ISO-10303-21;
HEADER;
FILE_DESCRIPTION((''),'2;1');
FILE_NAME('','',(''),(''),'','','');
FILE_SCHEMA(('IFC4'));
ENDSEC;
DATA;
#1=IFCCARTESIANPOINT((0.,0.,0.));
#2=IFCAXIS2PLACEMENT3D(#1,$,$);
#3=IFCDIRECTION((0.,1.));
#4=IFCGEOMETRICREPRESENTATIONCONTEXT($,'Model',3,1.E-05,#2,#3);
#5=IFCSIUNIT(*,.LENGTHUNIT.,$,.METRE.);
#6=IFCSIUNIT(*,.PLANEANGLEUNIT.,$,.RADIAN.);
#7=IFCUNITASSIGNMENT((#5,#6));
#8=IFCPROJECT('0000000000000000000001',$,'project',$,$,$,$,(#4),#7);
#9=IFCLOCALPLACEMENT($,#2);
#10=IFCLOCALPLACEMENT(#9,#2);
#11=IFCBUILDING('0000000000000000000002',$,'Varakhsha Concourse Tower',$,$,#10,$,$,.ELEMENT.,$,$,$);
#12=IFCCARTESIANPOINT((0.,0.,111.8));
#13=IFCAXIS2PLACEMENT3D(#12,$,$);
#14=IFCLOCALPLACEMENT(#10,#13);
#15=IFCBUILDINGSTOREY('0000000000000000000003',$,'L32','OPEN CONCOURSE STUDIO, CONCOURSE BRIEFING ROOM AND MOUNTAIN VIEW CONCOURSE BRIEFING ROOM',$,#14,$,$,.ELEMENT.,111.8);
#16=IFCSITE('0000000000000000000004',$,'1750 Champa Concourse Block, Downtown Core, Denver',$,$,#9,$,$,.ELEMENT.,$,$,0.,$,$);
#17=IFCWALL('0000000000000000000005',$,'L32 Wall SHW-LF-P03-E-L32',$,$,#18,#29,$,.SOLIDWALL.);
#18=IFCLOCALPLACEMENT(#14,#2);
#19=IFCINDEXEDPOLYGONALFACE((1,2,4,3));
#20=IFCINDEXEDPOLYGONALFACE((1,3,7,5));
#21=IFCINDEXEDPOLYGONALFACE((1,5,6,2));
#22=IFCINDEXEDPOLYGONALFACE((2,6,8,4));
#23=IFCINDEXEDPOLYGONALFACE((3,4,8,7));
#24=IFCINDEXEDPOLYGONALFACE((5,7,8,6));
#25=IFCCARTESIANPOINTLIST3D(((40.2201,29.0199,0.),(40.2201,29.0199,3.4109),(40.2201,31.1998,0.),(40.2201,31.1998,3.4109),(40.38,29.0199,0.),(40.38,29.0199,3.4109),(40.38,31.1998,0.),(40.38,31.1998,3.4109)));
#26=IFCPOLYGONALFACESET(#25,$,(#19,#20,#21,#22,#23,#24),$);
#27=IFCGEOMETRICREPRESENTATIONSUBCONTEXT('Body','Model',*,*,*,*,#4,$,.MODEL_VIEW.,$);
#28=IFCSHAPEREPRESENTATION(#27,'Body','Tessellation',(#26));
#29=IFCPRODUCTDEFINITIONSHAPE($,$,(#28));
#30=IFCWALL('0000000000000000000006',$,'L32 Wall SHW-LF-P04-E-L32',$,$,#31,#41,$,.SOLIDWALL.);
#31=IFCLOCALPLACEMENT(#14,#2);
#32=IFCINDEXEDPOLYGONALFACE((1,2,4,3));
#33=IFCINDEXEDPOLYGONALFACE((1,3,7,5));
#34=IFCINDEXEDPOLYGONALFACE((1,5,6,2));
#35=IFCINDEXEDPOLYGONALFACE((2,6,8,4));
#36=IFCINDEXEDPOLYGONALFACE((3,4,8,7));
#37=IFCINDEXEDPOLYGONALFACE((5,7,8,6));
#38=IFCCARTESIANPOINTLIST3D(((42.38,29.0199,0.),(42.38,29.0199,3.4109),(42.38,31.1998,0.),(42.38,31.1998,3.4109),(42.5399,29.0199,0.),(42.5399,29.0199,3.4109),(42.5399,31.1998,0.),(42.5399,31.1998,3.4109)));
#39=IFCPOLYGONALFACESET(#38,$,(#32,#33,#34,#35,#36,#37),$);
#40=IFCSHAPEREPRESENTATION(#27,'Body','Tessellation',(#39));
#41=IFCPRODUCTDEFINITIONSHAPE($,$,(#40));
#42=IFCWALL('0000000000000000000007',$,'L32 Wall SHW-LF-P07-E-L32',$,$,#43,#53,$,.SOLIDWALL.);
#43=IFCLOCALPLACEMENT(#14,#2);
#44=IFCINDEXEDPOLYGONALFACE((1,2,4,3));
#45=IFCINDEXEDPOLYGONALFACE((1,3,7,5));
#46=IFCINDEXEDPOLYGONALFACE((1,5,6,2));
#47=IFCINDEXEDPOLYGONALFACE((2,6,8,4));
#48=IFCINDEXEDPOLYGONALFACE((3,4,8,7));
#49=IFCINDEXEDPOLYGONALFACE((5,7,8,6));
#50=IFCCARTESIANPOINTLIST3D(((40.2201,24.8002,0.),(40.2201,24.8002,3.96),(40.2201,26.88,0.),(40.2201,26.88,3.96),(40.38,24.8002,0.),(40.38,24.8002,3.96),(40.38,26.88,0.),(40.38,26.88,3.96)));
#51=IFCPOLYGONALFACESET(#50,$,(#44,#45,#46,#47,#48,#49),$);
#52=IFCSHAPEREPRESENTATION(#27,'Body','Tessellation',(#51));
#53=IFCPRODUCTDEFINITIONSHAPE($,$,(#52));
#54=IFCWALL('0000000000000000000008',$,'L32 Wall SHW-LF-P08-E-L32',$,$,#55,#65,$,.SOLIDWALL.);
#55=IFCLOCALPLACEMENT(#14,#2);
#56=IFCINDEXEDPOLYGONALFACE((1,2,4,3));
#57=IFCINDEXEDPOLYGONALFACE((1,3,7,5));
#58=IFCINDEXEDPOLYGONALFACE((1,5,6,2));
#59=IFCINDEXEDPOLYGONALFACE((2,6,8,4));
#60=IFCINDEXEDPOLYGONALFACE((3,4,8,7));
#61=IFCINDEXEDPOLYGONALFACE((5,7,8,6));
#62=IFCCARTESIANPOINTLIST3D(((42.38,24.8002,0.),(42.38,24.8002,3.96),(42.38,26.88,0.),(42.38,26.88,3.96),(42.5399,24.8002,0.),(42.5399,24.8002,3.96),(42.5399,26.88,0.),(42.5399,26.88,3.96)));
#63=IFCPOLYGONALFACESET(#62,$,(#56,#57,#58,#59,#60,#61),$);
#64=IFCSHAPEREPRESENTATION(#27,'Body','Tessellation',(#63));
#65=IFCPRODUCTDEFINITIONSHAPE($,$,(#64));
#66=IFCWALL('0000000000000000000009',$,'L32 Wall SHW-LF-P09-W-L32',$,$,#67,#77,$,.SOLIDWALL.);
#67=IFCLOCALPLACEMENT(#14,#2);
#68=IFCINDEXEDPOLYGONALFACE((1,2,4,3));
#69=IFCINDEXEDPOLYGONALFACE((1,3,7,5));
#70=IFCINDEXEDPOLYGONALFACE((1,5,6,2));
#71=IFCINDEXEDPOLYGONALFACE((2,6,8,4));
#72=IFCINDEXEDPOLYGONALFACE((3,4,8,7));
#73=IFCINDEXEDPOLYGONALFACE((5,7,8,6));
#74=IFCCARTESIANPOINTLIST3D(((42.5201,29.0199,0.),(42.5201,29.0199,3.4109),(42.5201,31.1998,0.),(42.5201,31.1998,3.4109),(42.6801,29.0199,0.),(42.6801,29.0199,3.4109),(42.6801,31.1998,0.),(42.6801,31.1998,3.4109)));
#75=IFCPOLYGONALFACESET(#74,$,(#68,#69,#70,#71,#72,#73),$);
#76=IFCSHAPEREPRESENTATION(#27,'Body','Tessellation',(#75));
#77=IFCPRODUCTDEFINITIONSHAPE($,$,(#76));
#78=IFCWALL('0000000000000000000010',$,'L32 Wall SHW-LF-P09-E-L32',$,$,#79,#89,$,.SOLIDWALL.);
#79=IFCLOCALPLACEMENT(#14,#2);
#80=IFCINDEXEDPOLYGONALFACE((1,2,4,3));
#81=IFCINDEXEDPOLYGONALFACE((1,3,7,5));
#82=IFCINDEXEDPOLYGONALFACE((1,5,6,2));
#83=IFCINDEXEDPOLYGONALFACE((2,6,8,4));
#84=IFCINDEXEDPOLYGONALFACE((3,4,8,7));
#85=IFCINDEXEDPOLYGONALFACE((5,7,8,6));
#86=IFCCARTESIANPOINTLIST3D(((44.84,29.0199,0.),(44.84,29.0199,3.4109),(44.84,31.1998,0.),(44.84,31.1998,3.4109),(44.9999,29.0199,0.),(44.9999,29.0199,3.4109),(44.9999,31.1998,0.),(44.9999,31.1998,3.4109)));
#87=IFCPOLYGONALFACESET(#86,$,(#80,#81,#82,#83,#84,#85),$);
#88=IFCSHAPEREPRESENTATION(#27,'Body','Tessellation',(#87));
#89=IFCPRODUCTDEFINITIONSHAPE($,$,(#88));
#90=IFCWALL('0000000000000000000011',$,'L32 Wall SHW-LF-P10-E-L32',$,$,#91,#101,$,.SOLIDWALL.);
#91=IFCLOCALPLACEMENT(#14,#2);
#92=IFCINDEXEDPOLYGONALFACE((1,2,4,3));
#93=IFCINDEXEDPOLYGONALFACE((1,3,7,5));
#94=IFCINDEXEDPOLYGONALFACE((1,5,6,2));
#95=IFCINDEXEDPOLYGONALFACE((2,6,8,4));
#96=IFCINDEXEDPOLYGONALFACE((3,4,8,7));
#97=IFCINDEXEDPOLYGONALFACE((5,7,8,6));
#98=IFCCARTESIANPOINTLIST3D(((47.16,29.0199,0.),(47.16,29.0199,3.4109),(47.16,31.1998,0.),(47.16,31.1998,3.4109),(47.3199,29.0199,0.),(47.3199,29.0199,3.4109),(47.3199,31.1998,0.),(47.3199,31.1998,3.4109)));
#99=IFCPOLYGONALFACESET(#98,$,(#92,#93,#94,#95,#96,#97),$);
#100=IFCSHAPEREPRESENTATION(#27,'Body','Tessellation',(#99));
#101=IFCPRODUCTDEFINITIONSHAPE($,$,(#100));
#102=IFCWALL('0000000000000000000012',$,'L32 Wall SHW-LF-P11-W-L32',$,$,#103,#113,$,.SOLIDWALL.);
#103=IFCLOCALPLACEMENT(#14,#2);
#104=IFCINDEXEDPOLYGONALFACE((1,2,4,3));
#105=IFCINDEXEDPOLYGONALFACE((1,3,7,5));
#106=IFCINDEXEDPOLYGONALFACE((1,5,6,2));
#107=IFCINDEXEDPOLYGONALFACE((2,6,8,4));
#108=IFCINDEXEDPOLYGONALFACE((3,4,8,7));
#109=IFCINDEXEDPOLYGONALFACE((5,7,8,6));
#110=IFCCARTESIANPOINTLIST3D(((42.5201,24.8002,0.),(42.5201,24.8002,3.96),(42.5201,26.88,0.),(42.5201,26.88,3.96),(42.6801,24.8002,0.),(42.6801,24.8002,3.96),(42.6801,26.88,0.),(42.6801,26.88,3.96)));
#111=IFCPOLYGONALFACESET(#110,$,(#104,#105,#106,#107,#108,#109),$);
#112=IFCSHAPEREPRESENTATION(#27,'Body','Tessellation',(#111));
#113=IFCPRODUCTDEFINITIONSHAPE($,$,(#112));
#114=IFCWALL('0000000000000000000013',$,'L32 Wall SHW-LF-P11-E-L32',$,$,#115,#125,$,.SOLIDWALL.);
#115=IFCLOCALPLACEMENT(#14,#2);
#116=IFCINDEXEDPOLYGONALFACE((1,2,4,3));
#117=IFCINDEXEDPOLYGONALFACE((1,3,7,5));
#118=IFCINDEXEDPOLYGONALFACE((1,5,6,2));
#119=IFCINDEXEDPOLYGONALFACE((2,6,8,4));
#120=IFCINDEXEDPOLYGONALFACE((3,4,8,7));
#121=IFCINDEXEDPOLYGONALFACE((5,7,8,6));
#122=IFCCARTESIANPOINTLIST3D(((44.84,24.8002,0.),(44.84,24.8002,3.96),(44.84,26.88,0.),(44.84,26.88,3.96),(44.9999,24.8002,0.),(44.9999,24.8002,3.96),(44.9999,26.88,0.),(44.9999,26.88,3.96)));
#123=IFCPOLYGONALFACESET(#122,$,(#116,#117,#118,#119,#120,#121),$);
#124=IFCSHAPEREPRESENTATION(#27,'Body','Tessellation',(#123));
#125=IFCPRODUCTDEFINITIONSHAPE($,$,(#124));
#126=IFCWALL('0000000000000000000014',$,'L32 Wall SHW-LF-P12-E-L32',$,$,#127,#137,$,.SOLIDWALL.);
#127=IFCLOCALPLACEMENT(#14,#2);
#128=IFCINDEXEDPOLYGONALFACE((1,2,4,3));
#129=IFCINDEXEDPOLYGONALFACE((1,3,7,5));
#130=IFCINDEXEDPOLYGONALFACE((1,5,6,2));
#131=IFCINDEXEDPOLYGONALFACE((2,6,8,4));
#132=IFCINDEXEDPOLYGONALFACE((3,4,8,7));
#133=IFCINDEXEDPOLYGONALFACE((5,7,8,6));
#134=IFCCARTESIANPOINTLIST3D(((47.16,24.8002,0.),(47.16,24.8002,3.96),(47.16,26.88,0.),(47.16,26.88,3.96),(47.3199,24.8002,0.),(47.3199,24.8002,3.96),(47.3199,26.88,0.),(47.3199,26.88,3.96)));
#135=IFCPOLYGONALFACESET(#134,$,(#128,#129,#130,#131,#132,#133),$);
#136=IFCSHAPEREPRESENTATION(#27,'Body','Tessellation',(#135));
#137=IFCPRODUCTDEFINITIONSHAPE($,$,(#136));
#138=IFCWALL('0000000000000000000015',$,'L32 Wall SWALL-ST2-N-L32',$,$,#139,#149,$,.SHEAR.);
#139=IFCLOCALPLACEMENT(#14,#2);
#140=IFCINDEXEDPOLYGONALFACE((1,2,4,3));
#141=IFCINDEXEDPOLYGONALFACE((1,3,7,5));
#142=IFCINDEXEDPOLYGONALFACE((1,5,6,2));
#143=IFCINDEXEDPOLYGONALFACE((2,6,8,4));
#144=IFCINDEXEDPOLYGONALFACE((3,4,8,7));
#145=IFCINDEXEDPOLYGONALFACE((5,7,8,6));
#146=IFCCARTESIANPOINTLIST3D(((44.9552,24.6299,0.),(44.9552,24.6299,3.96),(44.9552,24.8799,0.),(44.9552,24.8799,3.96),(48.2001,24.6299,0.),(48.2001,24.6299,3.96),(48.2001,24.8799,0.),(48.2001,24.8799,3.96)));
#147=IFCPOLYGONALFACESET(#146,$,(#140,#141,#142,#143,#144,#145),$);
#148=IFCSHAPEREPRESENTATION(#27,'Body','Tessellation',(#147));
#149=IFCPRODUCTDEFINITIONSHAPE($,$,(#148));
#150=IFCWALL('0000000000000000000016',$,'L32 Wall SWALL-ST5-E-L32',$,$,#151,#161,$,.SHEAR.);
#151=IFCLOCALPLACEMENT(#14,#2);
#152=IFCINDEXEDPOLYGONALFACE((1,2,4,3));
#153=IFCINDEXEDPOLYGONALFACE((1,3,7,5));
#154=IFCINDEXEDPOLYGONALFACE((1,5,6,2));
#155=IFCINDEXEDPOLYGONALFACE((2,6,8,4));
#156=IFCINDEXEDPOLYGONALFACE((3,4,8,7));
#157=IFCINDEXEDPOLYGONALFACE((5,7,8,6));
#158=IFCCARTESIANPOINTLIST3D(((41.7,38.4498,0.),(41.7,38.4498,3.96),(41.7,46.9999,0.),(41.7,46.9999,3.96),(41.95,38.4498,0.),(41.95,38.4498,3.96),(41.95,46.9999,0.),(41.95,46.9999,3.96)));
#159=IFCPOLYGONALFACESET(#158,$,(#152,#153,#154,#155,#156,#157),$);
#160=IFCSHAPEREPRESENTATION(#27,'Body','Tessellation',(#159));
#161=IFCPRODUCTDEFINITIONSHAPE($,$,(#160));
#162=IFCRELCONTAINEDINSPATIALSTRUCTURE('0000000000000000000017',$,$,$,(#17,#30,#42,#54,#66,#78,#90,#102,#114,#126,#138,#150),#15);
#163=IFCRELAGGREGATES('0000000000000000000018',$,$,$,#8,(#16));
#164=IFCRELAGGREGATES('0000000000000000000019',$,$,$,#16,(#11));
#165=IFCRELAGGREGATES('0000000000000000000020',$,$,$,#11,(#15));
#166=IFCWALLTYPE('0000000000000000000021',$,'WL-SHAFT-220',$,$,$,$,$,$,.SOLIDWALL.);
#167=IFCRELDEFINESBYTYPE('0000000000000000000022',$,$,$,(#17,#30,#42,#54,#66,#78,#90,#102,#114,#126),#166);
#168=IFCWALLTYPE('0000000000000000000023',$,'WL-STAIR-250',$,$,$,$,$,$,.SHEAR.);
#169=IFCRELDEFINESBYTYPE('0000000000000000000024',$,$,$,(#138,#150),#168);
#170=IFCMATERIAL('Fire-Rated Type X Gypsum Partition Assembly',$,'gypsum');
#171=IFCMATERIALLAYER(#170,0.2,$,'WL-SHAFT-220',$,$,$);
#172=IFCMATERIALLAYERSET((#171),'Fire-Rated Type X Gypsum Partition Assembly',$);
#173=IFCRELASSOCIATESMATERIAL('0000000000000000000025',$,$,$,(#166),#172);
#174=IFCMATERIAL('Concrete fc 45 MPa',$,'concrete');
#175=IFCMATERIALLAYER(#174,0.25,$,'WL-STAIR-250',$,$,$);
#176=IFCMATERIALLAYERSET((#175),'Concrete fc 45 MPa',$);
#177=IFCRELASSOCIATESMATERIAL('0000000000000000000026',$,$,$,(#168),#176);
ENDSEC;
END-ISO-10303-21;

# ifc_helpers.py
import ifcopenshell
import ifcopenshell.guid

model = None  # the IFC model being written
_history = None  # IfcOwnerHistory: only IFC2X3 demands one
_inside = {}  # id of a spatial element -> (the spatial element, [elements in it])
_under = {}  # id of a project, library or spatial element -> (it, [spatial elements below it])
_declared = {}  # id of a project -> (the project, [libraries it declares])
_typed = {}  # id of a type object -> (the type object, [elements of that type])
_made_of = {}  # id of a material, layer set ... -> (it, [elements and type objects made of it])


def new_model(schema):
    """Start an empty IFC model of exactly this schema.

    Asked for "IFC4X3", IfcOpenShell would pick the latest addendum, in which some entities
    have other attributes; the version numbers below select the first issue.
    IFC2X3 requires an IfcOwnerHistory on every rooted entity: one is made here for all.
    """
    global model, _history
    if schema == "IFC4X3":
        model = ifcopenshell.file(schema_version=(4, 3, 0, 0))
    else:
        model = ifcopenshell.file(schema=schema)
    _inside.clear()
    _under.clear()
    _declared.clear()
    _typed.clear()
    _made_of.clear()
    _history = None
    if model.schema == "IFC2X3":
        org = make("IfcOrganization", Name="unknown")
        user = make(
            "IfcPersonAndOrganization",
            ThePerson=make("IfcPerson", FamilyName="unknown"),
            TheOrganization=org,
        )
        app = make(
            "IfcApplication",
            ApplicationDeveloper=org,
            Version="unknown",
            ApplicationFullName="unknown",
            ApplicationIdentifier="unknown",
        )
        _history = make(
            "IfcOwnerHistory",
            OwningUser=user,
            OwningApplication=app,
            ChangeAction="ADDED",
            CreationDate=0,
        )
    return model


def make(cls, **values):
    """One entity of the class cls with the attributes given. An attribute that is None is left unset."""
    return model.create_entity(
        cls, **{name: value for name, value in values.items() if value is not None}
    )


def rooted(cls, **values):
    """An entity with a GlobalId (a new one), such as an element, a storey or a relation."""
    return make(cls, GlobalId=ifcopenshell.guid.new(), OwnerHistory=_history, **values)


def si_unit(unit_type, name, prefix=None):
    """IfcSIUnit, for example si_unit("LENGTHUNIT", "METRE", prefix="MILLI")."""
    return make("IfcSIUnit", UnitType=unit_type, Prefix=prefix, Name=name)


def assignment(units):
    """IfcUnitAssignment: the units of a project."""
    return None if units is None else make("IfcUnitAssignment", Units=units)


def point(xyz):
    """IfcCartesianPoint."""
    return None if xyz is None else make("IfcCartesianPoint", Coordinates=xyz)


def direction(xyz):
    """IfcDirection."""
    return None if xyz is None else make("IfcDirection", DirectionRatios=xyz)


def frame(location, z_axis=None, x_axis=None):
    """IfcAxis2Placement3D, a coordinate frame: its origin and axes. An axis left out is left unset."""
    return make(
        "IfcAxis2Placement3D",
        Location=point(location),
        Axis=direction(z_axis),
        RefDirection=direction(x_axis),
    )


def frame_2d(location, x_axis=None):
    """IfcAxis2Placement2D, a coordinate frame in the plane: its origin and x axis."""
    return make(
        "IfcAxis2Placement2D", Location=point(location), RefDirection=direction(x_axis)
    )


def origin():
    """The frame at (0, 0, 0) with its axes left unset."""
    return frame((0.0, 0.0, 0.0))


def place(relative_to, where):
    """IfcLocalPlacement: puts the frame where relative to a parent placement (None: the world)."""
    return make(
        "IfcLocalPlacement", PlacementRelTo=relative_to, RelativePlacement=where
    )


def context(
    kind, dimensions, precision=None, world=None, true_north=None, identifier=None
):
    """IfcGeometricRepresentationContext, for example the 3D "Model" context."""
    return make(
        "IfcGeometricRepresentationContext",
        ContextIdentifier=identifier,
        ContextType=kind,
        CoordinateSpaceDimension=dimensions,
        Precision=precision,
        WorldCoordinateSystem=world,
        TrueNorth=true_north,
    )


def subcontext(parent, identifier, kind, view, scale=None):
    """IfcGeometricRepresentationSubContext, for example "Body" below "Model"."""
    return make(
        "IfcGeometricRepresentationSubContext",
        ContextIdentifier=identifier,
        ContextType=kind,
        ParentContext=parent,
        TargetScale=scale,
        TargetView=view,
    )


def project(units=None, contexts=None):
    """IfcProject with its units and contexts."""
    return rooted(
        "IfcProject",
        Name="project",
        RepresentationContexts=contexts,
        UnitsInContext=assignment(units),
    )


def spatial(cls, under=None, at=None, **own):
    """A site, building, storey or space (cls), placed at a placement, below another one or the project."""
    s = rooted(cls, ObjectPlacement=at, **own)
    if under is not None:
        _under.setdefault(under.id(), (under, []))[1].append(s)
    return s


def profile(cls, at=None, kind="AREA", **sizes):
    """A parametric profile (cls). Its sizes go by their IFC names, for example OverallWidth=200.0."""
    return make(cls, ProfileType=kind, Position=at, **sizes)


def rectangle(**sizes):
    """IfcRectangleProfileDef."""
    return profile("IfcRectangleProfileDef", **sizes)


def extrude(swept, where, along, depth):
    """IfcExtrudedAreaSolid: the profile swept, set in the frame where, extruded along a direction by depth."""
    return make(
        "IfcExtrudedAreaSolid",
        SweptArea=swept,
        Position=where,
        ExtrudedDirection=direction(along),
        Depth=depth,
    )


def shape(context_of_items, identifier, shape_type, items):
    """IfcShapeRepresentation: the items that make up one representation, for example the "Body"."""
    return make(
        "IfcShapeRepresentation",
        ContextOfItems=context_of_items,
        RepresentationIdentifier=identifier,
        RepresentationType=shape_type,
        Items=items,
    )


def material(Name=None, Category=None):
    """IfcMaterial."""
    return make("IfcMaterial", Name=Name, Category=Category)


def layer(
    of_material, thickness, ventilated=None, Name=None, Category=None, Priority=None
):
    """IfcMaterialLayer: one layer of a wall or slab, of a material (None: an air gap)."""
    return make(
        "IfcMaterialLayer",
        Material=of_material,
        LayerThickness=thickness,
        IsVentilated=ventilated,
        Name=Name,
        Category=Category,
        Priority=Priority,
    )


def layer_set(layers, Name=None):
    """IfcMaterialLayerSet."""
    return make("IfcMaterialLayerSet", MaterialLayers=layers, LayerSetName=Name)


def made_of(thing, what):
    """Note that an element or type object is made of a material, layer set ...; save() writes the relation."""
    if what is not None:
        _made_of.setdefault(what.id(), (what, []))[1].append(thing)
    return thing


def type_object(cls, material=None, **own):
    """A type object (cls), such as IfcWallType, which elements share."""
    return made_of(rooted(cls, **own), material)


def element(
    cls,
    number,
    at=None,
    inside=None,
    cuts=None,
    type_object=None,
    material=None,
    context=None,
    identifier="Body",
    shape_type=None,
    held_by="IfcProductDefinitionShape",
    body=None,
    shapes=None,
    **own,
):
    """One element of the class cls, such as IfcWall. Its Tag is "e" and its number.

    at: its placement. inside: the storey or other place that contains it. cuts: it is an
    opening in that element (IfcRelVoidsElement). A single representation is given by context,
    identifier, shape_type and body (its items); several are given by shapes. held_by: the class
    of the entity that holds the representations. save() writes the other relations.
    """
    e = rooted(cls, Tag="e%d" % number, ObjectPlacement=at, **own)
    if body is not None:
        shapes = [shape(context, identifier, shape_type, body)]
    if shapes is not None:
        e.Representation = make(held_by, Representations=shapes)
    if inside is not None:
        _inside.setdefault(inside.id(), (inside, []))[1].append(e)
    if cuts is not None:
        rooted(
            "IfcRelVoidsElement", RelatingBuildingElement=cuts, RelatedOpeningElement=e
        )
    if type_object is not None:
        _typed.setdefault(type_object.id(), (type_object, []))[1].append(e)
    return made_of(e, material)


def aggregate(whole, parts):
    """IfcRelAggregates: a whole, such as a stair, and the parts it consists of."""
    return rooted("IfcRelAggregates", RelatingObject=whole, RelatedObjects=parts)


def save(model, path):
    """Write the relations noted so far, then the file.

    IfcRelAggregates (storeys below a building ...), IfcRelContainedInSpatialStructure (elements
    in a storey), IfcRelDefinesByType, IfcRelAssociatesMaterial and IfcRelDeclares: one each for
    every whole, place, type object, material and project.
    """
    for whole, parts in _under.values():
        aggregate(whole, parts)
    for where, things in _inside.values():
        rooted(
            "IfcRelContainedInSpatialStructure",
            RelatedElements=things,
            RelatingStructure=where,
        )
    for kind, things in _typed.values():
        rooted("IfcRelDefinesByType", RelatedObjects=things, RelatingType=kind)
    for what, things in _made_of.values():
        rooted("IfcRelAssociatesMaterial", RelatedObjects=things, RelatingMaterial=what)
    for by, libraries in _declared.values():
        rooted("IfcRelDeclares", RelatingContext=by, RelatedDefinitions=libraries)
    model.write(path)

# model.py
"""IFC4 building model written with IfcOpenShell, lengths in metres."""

from ifc_helpers import new_model, si_unit, direction, frame, frame_2d, origin, place, context, subcontext, project, spatial, rectangle, extrude, material, layer, layer_set, type_object, element, save


model = new_model("IFC4")

# Units and contexts
model_context = context("Model", 3, precision=1e-05, world=origin(), true_north=direction((0.0, 1.0)))
body_context = subcontext(model_context, "Body", "Model", "MODEL_VIEW")
ifc_project = project(units=[si_unit("LENGTHUNIT", "METRE"), si_unit("PLANEANGLEUNIT", "RADIAN")], contexts=[model_context])

# Site, building, storey
site_placement = place(None, origin())
site = spatial("IfcSite", under=ifc_project, at=site_placement, Name="1750 Champa Concourse Block, Downtown Core, Denver", CompositionType="ELEMENT", RefElevation=0.0)
building_placement = place(site_placement, origin())
building = spatial("IfcBuilding", under=site, at=building_placement, Name="Varakhsha Concourse Tower", CompositionType="ELEMENT")
storey_placement = place(building_placement, frame((0.0, 0.0, 111.8)))
storey = spatial("IfcBuildingStorey", under=building, at=storey_placement, Name="L32", Description="OPEN CONCOURSE STUDIO, CONCOURSE BRIEFING ROOM AND MOUNTAIN VIEW CONCOURSE BRIEFING ROOM", CompositionType="ELEMENT", Elevation=111.8)

# Walls
ifc_material_1 = material(Name="Fire-Rated Type X Gypsum Partition Assembly", Category="gypsum")
ifc_layer_1 = layer(ifc_material_1, 0.2, Name="WL-SHAFT-220")
ifc_layer_set_1 = layer_set([ifc_layer_1], Name="Fire-Rated Type X Gypsum Partition Assembly")
wall_type_1 = type_object("IfcWallType", Name="WL-SHAFT-220", PredefinedType="SOLIDWALL", material=ifc_layer_set_1)
for number, where, z_axis, x_axis, name in (
    (1, (40.3, 29.02, 0.0), (0.0, 0.0, 1.0), (0.0, 1.0, 0.0), "L32 Wall SHW-LF-P03-E-L32"),
    (2, (42.46, 29.02, 0.0), (0.0, 0.0, 1.0), (0.0, 1.0, 0.0), "L32 Wall SHW-LF-P04-E-L32"),
):
    element("IfcWall", number, at=place(storey_placement, frame(where, z_axis=z_axis, x_axis=x_axis)), inside=storey, type_object=wall_type_1, Name=name, PredefinedType="SOLIDWALL", context=body_context, shape_type="SweptSolid", body=[
        extrude(rectangle(XDim=2.1799, YDim=0.1599, at=frame_2d((1.0898, 0.0))), origin(), (0.0, 0.0, 1.0), 3.4109),
    ])
for number, where, z_axis, x_axis, name in (
    (3, (40.3, 24.8, 0.0), (0.0, 0.0, 1.0), (0.0, 1.0, 0.0), "L32 Wall SHW-LF-P07-E-L32"),
    (4, (42.46, 24.8, 0.0), (0.0, 0.0, 1.0), (0.0, 1.0, 0.0), "L32 Wall SHW-LF-P08-E-L32"),
):
    element("IfcWall", number, at=place(storey_placement, frame(where, z_axis=z_axis, x_axis=x_axis)), inside=storey, type_object=wall_type_1, Name=name, PredefinedType="SOLIDWALL", context=body_context, shape_type="SweptSolid", body=[
        extrude(rectangle(XDim=2.0798, YDim=0.1599, at=frame_2d((1.04, 0.0))), origin(), (0.0, 0.0, 1.0), 3.96),
    ])
for number, where, z_axis, x_axis, name in (
    (5, (42.6001, 29.02, 0.0), (0.0, 0.0, 1.0), (0.0, 1.0, 0.0), "L32 Wall SHW-LF-P09-W-L32"),
    (6, (44.9199, 29.02, 0.0), (0.0, 0.0, 1.0), (0.0, 1.0, 0.0), "L32 Wall SHW-LF-P09-E-L32"),
    (7, (47.24, 29.02, 0.0), (0.0, 0.0, 1.0), (0.0, 1.0, 0.0), "L32 Wall SHW-LF-P10-E-L32"),
):
    element("IfcWall", number, at=place(storey_placement, frame(where, z_axis=z_axis, x_axis=x_axis)), inside=storey, type_object=wall_type_1, Name=name, PredefinedType="SOLIDWALL", context=body_context, shape_type="SweptSolid", body=[
        extrude(rectangle(XDim=2.1799, YDim=0.1599, at=frame_2d((1.0898, 0.0))), origin(), (0.0, 0.0, 1.0), 3.4109),
    ])
for number, where, z_axis, x_axis, name in (
    (8, (42.6001, 24.8, 0.0), (0.0, 0.0, 1.0), (0.0, 1.0, 0.0), "L32 Wall SHW-LF-P11-W-L32"),
    (9, (44.9199, 24.8, 0.0), (0.0, 0.0, 1.0), (0.0, 1.0, 0.0), "L32 Wall SHW-LF-P11-E-L32"),
    (10, (47.24, 24.8, 0.0), (0.0, 0.0, 1.0), (0.0, 1.0, 0.0), "L32 Wall SHW-LF-P12-E-L32"),
):
    element("IfcWall", number, at=place(storey_placement, frame(where, z_axis=z_axis, x_axis=x_axis)), inside=storey, type_object=wall_type_1, Name=name, PredefinedType="SOLIDWALL", context=body_context, shape_type="SweptSolid", body=[
        extrude(rectangle(XDim=2.0798, YDim=0.1599, at=frame_2d((1.04, 0.0))), origin(), (0.0, 0.0, 1.0), 3.96),
    ])
ifc_material_2 = material(Name="Concrete fc 45 MPa", Category="concrete")
ifc_layer_2 = layer(ifc_material_2, 0.25, Name="WL-STAIR-250")
ifc_layer_set_2 = layer_set([ifc_layer_2], Name="Concrete fc 45 MPa")
wall_type_2 = type_object("IfcWallType", Name="WL-STAIR-250", PredefinedType="SHEAR", material=ifc_layer_set_2)
wall_1_placement = place(storey_placement, frame((44.9551, 24.7549, 0.0), z_axis=(0.0, 0.0, 1.0), x_axis=(1.0, 0.0, 0.0)))
element("IfcWall", 11, at=wall_1_placement, inside=storey, type_object=wall_type_2, Name="L32 Wall SWALL-ST2-N-L32", PredefinedType="SHEAR", context=body_context, shape_type="SweptSolid", body=[
    extrude(rectangle(XDim=3.2449, YDim=0.25, at=frame_2d((1.6226, 0.0))), origin(), (0.0, 0.0, 1.0), 3.96),
])
wall_2_placement = place(storey_placement, frame((41.825, 38.45, 0.0), z_axis=(0.0, 0.0, 1.0), x_axis=(0.0, 1.0, 0.0)))
element("IfcWall", 12, at=wall_2_placement, inside=storey, type_object=wall_type_2, Name="L32 Wall SWALL-ST5-E-L32", PredefinedType="SHEAR", context=body_context, shape_type="SweptSolid", body=[
    extrude(rectangle(XDim=8.55, YDim=0.25, at=frame_2d((4.2749, 0.0))), origin(), (0.0, 0.0, 1.0), 3.96),
])

save(model, "model.ifc")
